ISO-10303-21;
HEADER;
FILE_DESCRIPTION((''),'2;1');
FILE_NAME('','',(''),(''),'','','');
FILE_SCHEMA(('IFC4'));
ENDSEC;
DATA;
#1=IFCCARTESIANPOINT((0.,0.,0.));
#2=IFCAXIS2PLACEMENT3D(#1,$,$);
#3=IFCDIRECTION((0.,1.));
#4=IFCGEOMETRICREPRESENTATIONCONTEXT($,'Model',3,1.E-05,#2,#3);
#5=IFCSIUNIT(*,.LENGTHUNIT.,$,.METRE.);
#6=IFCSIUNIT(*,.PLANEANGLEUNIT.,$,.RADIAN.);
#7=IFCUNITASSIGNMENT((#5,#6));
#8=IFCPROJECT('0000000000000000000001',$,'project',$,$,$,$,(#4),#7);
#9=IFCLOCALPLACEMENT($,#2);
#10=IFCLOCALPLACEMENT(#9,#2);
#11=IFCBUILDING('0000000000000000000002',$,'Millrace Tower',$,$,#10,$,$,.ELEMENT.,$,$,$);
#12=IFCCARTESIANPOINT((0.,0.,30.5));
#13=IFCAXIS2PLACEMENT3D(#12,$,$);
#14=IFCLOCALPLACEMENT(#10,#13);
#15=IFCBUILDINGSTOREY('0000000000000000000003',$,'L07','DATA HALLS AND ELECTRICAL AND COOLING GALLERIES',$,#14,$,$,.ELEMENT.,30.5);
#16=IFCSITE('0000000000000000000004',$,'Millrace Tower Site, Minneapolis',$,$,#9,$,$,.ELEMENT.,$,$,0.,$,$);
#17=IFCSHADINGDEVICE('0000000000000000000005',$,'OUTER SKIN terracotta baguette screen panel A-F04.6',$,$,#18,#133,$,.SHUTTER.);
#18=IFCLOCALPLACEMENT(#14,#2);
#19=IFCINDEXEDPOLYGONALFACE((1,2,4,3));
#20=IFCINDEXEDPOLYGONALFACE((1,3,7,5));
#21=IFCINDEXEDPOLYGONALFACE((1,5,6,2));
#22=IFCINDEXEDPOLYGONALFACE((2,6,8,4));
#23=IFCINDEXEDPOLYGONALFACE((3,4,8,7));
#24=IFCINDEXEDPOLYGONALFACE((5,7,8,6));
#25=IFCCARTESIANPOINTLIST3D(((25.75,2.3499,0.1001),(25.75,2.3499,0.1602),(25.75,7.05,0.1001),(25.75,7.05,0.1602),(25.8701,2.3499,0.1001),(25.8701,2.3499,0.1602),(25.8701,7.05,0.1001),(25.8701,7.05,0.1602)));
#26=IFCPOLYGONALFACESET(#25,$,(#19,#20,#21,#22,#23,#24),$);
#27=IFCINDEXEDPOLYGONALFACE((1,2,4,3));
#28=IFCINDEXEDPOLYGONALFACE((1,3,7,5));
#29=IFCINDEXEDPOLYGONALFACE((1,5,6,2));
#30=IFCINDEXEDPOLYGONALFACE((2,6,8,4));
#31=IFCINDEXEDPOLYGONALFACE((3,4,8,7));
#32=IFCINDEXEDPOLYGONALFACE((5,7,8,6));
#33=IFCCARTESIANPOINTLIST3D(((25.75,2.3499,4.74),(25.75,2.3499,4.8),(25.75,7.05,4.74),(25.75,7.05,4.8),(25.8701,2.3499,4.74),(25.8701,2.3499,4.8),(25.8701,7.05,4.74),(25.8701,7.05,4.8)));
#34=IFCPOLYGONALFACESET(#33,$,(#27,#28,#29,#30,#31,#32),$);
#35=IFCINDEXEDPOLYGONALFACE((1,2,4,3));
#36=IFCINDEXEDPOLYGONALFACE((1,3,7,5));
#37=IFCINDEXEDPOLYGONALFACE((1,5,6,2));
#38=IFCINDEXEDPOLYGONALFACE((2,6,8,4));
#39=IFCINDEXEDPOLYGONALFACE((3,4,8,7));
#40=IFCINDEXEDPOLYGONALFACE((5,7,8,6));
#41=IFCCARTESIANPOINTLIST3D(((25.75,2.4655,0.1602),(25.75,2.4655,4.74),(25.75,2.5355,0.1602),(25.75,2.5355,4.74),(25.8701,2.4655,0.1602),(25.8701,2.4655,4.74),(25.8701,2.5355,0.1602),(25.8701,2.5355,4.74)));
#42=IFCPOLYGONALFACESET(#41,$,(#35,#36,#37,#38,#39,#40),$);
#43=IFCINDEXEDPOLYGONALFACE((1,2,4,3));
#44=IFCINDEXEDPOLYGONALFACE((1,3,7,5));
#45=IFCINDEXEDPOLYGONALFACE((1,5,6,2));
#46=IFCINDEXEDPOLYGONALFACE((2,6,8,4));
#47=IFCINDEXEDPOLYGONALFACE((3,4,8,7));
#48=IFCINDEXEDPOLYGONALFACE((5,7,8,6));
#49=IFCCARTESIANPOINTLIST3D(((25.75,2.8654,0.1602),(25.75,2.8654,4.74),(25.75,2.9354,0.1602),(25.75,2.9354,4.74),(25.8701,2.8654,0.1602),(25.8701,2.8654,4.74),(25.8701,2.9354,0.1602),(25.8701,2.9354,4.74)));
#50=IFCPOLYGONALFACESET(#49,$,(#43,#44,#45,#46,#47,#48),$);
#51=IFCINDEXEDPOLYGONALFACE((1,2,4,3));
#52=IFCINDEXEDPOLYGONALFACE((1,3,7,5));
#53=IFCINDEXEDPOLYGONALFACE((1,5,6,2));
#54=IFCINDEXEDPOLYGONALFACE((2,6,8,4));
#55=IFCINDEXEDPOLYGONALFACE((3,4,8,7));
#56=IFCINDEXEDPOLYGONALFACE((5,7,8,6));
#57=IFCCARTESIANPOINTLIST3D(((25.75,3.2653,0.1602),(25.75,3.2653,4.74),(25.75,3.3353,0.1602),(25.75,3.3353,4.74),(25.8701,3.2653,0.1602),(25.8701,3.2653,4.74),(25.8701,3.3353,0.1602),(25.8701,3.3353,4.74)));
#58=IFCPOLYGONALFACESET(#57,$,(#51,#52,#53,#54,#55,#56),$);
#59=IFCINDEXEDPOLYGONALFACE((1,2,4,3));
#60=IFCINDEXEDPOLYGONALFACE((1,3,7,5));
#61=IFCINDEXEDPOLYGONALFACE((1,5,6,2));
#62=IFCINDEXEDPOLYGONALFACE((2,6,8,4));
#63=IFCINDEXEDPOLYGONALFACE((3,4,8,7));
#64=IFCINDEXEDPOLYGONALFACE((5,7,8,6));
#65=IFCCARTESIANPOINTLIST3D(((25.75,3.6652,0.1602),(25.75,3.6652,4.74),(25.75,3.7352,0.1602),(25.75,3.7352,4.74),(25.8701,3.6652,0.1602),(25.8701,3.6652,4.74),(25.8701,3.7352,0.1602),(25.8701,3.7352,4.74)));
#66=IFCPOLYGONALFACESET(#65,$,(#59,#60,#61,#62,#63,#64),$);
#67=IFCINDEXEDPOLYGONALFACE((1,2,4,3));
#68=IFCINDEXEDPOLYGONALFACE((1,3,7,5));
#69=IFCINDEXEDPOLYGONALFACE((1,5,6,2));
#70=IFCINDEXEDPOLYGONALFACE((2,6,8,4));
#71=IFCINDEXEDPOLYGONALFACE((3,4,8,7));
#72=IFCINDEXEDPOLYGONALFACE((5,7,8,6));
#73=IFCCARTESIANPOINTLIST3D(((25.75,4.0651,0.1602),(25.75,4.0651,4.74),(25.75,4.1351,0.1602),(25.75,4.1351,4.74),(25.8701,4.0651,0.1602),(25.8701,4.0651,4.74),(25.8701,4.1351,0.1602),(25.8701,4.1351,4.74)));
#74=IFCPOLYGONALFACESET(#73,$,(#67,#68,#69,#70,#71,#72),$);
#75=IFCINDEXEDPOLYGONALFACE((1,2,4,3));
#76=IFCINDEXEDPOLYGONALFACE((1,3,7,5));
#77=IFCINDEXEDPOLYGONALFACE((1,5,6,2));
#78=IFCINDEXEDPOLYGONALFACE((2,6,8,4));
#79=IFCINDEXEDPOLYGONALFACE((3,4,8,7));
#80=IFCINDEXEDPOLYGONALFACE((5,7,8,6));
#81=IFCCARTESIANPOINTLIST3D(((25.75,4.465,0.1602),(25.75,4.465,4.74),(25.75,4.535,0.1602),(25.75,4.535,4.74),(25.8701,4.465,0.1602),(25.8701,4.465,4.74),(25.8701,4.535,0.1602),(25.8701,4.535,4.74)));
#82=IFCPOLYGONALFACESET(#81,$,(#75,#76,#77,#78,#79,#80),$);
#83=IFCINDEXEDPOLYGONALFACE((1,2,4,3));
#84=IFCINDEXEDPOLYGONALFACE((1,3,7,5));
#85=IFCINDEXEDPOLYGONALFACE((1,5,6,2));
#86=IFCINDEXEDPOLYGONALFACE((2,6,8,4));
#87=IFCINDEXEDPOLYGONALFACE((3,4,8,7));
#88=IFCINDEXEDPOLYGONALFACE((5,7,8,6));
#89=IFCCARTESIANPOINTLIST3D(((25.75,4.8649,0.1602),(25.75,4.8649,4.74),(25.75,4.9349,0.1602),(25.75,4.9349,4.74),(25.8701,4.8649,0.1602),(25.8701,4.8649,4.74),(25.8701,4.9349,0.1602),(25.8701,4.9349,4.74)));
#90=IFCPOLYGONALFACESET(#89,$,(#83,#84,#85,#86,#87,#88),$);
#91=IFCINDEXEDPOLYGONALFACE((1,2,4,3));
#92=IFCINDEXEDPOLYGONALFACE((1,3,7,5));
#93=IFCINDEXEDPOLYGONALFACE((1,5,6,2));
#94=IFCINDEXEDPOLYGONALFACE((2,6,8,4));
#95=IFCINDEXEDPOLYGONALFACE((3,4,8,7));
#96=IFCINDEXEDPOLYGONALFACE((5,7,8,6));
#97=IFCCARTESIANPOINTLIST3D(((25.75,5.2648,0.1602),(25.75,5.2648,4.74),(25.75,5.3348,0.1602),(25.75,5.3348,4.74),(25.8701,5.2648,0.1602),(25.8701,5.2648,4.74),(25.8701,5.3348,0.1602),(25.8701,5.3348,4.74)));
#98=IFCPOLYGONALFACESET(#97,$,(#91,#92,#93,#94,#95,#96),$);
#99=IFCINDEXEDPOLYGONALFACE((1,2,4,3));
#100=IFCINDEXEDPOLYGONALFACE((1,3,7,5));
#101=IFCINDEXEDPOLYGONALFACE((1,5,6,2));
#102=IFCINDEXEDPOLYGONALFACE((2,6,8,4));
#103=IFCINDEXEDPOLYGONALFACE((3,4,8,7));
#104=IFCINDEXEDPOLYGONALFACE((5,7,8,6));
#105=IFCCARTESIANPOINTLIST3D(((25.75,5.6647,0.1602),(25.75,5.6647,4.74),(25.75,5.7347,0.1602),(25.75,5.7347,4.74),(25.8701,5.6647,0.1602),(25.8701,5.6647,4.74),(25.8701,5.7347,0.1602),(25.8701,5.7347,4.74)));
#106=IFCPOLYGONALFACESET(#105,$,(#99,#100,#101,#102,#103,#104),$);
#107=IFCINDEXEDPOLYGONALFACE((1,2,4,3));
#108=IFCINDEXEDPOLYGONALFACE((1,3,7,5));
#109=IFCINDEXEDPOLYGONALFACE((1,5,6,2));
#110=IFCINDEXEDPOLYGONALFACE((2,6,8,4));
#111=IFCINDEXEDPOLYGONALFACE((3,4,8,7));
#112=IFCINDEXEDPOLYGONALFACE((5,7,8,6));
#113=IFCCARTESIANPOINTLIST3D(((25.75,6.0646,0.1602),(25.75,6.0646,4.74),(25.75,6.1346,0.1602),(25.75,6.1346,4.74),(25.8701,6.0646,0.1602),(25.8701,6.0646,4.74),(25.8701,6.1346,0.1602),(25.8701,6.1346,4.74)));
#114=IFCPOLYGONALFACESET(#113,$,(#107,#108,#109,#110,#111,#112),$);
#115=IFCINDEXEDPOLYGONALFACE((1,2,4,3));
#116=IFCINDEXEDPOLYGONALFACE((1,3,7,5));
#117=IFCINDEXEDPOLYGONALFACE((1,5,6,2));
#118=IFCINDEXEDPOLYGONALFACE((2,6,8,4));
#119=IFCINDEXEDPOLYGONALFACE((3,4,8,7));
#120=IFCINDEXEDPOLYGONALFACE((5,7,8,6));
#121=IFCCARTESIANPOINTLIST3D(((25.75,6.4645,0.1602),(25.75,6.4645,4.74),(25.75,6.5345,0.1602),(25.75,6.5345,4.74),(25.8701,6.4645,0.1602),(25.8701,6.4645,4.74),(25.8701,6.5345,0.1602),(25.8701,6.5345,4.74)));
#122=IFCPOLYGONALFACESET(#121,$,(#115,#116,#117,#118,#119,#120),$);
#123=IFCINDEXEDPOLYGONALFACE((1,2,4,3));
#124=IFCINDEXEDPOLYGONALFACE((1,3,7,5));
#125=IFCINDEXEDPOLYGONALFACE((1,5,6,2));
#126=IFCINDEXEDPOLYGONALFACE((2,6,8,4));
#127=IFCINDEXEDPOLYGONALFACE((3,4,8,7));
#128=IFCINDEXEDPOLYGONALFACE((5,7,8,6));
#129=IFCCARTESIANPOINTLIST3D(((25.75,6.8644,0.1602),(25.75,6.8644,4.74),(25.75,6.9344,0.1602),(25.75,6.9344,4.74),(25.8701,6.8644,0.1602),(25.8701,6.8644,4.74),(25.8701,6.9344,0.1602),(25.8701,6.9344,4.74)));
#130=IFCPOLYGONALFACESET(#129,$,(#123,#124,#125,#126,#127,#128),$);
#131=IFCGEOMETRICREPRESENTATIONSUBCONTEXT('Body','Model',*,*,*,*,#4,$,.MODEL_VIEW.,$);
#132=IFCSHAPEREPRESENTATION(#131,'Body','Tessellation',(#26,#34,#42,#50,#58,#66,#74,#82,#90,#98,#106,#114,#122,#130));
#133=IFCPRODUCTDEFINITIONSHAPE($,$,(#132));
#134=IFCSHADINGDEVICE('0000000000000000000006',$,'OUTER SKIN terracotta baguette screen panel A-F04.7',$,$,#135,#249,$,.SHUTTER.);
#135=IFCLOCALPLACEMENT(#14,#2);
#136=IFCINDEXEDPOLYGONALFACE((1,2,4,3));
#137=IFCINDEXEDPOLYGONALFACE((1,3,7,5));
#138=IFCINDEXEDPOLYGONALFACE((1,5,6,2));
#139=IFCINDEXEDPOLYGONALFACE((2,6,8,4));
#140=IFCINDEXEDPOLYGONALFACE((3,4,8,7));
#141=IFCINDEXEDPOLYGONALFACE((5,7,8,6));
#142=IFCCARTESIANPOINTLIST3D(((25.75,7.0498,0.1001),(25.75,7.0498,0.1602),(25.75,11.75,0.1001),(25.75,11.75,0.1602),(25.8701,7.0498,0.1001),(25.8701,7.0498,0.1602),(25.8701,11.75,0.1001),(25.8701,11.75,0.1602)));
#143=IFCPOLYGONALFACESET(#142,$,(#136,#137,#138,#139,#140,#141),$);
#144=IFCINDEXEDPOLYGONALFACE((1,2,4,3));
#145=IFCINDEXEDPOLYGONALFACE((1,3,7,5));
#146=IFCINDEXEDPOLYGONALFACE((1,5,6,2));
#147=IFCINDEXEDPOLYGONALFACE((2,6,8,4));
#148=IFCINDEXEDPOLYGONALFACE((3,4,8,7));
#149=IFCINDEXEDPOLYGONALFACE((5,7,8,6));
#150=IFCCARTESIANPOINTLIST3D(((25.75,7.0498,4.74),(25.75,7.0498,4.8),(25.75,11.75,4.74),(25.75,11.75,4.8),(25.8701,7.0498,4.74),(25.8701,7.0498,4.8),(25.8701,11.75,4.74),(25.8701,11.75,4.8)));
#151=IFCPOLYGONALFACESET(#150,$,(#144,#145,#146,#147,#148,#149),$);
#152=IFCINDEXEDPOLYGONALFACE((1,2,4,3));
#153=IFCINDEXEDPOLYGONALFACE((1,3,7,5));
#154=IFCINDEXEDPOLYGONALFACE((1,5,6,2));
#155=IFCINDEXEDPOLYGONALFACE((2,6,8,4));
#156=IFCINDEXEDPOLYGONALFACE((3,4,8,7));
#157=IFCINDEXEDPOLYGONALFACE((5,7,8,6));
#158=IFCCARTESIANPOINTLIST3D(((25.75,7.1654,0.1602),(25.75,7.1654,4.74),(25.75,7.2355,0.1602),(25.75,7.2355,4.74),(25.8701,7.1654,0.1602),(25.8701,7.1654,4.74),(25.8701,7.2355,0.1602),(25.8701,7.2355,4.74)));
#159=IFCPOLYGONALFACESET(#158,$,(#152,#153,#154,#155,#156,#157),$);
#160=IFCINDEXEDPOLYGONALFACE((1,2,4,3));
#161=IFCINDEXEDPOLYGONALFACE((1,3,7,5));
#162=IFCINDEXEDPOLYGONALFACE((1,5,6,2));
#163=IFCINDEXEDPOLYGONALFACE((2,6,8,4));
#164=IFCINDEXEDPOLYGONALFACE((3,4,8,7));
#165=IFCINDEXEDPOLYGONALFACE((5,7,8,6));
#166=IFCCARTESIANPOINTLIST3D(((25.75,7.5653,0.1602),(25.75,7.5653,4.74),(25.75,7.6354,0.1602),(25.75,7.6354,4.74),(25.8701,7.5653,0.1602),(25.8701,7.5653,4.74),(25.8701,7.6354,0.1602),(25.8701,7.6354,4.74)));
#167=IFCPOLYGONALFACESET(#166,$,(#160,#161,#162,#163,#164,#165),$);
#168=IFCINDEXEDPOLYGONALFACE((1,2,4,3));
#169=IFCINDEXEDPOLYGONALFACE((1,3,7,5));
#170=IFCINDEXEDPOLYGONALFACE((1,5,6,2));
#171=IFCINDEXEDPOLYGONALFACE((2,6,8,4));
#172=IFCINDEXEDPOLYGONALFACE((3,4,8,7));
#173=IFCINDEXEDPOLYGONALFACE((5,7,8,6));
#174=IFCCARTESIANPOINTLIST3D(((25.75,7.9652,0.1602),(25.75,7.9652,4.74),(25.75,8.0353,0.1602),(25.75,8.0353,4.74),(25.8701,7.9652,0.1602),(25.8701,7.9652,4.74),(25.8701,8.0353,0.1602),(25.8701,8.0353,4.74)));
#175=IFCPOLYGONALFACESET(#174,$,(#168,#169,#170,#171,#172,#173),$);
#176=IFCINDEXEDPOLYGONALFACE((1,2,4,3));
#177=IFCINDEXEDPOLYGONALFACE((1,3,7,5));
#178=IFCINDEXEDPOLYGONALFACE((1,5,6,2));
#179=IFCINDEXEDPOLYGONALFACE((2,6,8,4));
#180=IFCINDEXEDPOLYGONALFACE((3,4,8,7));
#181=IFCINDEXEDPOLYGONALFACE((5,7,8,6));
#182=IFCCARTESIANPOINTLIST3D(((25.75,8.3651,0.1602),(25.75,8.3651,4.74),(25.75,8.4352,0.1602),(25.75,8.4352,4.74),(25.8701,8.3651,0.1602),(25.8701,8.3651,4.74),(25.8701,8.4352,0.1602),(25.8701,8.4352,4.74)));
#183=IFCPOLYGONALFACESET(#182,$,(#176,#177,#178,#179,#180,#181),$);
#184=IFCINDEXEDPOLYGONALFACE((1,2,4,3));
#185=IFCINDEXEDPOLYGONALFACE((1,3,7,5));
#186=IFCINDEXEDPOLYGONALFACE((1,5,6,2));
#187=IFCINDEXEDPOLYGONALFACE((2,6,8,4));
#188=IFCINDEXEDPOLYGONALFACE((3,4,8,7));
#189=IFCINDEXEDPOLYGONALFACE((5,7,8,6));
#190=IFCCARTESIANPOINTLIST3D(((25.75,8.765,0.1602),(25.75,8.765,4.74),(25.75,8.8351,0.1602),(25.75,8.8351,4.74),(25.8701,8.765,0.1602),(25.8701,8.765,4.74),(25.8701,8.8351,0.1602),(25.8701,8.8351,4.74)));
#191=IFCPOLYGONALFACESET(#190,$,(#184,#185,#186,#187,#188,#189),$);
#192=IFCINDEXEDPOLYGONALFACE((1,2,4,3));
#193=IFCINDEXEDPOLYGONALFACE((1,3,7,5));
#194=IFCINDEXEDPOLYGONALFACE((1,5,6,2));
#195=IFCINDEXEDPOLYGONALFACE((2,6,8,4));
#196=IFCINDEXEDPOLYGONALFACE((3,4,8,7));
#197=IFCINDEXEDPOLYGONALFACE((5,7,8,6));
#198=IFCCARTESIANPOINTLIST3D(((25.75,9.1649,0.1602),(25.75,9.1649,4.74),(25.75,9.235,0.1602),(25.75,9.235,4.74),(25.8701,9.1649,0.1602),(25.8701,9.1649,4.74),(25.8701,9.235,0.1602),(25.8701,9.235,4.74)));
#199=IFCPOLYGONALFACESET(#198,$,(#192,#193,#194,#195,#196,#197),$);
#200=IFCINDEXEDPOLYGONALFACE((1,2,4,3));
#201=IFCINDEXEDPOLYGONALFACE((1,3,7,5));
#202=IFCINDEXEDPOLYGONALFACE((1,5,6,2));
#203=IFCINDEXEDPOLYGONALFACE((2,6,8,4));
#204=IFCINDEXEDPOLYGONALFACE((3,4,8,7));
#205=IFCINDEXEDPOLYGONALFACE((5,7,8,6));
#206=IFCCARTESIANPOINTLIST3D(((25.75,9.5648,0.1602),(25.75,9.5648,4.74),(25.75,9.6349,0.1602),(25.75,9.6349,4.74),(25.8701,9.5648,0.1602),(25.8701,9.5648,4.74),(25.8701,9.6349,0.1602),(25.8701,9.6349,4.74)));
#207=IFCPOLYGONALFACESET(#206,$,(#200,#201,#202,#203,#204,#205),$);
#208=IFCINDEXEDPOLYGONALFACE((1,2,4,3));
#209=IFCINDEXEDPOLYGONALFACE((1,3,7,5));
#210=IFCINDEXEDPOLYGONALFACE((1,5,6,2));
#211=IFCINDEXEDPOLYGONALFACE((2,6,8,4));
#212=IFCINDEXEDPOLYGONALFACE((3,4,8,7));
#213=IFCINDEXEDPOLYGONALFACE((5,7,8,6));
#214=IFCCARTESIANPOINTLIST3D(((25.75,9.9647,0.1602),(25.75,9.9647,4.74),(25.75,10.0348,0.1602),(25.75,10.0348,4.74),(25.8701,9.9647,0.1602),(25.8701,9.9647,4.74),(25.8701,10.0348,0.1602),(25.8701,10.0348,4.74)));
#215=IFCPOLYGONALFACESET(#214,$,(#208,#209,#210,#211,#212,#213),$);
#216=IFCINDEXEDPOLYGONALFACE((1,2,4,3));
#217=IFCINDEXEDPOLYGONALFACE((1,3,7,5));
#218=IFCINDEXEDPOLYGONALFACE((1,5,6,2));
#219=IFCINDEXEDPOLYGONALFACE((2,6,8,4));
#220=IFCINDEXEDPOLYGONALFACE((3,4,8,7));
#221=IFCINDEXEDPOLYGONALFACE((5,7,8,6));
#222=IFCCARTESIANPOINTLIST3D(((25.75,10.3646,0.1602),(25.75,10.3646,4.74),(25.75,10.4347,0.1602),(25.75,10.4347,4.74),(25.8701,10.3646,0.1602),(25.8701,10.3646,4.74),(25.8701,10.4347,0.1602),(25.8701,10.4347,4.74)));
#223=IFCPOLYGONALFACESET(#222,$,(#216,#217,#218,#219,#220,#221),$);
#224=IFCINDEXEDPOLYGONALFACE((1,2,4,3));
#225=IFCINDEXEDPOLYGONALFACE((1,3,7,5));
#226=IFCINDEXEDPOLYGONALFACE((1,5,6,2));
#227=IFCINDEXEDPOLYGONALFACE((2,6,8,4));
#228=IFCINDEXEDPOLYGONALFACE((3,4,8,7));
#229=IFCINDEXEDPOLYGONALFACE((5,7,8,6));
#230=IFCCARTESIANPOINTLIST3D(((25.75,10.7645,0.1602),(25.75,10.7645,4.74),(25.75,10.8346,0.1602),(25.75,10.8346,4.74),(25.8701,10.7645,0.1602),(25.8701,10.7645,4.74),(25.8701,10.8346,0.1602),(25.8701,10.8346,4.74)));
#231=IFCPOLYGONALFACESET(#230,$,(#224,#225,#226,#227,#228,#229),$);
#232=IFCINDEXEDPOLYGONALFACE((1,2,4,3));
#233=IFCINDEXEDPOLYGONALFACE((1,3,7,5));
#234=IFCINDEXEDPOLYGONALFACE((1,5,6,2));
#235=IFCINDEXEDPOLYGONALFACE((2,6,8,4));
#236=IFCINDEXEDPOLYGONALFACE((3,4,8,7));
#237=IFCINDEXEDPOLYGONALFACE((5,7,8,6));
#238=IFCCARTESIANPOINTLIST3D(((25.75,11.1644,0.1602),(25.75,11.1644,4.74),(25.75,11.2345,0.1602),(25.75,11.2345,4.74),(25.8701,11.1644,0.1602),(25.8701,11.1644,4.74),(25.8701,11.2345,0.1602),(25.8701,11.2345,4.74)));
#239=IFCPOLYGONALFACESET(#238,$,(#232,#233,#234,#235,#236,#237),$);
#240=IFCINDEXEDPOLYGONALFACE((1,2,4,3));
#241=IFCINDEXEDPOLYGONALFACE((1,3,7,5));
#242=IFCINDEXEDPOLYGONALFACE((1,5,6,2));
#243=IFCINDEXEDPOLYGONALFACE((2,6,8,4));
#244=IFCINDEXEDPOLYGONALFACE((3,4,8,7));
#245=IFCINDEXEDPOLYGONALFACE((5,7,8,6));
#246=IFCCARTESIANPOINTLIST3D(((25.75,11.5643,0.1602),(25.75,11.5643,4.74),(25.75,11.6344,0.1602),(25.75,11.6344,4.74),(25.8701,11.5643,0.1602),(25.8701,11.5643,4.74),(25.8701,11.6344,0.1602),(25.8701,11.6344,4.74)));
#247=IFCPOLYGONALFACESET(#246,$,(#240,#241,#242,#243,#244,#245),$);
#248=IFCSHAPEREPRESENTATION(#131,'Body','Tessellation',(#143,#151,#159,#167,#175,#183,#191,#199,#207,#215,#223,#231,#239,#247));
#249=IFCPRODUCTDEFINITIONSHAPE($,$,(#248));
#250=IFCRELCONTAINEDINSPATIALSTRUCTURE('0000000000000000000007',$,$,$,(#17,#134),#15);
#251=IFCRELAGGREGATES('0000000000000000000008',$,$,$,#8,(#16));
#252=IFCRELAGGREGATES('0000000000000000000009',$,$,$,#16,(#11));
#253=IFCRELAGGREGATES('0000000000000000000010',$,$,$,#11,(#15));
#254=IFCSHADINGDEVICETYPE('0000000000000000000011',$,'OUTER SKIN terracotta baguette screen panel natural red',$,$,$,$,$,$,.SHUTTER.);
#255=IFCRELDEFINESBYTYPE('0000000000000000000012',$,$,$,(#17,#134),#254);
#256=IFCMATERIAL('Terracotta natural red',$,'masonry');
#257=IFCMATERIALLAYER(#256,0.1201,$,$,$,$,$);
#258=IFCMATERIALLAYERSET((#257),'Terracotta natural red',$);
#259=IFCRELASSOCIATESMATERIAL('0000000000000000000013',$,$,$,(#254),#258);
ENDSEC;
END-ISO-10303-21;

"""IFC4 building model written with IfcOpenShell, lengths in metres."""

from ifc_helpers import new_model, entity, si_unit, direction, frame, frame_2d, origin, place, context, subcontext, project, spatial, rectangle, extrude, source, transform, mapped, material, layer, layer_set, type_object, element, save


model = new_model("IFC4")

# Units and contexts
model_context = context("Model", 3, precision=1e-05, world=origin(), true_north=direction((0.0, 1.0)))
body_context = subcontext(model_context, "Body", "Model", "MODEL_VIEW")
ifc_project = project(units=[si_unit("LENGTHUNIT", "METRE"), si_unit("PLANEANGLEUNIT", "RADIAN")], contexts=[model_context])

# Site, building, storey
site_placement = place(None, origin())
site = spatial("IfcSite", under=ifc_project, at=site_placement, Name="Millrace Tower Site, Minneapolis", CompositionType="ELEMENT", RefElevation=0.0)
building_placement = place(site_placement, origin())
building = spatial("IfcBuilding", under=site, at=building_placement, Name="Millrace Tower", CompositionType="ELEMENT")
storey_placement = place(building_placement, frame((0.0, 0.0, 30.5)))
storey = spatial("IfcBuildingStorey", under=building, at=storey_placement, Name="L07", Description="DATA HALLS AND ELECTRICAL AND COOLING GALLERIES", CompositionType="ELEMENT", Elevation=30.5)

# Shading devices
cartesian_point = entity("IfcCartesianPoint", [-2.3501, 0.0601])
shared_polyline = entity("IfcPolyline", [cartesian_point, entity("IfcCartesianPoint", [2.3501, 0.0601]), entity("IfcCartesianPoint", [2.3501, -0.0601]), entity("IfcCartesianPoint", [-2.3501, -0.0601]), cartesian_point])
ifc_material_1 = material(Name="Terracotta natural red", Category="masonry")
ifc_layer_1 = layer(ifc_material_1, 0.1201)
ifc_layer_set_1 = layer_set([ifc_layer_1], Name="Terracotta natural red")
shading_device_type_1 = type_object("IfcShadingDeviceType", Name="OUTER SKIN terracotta baguette screen panel natural red", PredefinedType="SHUTTER", material=ifc_layer_set_1)
shared_shape_1 = source(origin(), body_context, "Body", "SweptSolid", [
    entity("IfcExtrudedAreaSolid", entity("IfcArbitraryClosedProfileDef", "AREA", None, shared_polyline), entity("IfcAxis2Placement3D", entity("IfcCartesianPoint", [0.0, 0.0, 0.0])), entity("IfcDirection", [0.0, 0.0, 1.0]), 0.0601),
    entity("IfcExtrudedAreaSolid", entity("IfcArbitraryClosedProfileDef", "AREA", None, shared_polyline), entity("IfcAxis2Placement3D", entity("IfcCartesianPoint", [0.0, 0.0, 4.6399])), entity("IfcDirection", [0.0, 0.0, 1.0]), 0.0601),
    extrude(rectangle(XDim=0.0701, YDim=0.1201, at=frame_2d((-2.1995, 0.0))), frame((0.0, 0.0, 0.0601)), (0.0, 0.0, 1.0), 4.5798),
    extrude(rectangle(XDim=0.0701, YDim=0.1201, at=frame_2d((-1.7996, 0.0))), frame((0.0, 0.0, 0.0601)), (0.0, 0.0, 1.0), 4.5798),
    extrude(rectangle(XDim=0.0701, YDim=0.1201, at=frame_2d((-1.3997, 0.0))), frame((0.0, 0.0, 0.0601)), (0.0, 0.0, 1.0), 4.5798),
    extrude(rectangle(XDim=0.0701, YDim=0.1201, at=frame_2d((-0.9998, 0.0))), frame((0.0, 0.0, 0.0601)), (0.0, 0.0, 1.0), 4.5798),
    extrude(rectangle(XDim=0.0701, YDim=0.1201, at=frame_2d((-0.5999, 0.0))), frame((0.0, 0.0, 0.0601)), (0.0, 0.0, 1.0), 4.5798),
    extrude(rectangle(XDim=0.0701, YDim=0.1201, at=frame_2d((-0.2, 0.0))), frame((0.0, 0.0, 0.0601)), (0.0, 0.0, 1.0), 4.5798),
    extrude(rectangle(XDim=0.0701, YDim=0.1201, at=frame_2d((0.2, 0.0))), frame((0.0, 0.0, 0.0601)), (0.0, 0.0, 1.0), 4.5798),
    extrude(rectangle(XDim=0.0701, YDim=0.1201, at=frame_2d((0.5999, 0.0))), frame((0.0, 0.0, 0.0601)), (0.0, 0.0, 1.0), 4.5798),
    extrude(rectangle(XDim=0.0701, YDim=0.1201, at=frame_2d((0.9998, 0.0))), frame((0.0, 0.0, 0.0601)), (0.0, 0.0, 1.0), 4.5798),
    extrude(rectangle(XDim=0.0701, YDim=0.1201, at=frame_2d((1.3997, 0.0))), frame((0.0, 0.0, 0.0601)), (0.0, 0.0, 1.0), 4.5798),
    extrude(rectangle(XDim=0.0701, YDim=0.1201, at=frame_2d((1.7996, 0.0))), frame((0.0, 0.0, 0.0601)), (0.0, 0.0, 1.0), 4.5798),
    extrude(rectangle(XDim=0.0701, YDim=0.1201, at=frame_2d((2.1995, 0.0))), frame((0.0, 0.0, 0.0601)), (0.0, 0.0, 1.0), 4.5798),
])
for number, where, z_axis, x_axis, name in (
    (1, (25.8101, 4.7, 0.1001), (0.0, 0.0, 1.0), (0.0, 1.0, 0.0), "OUTER SKIN terracotta baguette screen panel A-F04.6"),
    (2, (25.8101, 9.3999, 0.1001), (0.0, 0.0, 1.0), (0.0, 1.0, 0.0), "OUTER SKIN terracotta baguette screen panel A-F04.7"),
):
    element("IfcShadingDevice", number, at=place(storey_placement, frame(where, z_axis=z_axis, x_axis=x_axis)), inside=storey, type_object=shading_device_type_1, Name=name, PredefinedType="SHUTTER", context=body_context, shape_type="MappedRepresentation", body=[
        mapped(shared_shape_1, transform((0.0, 0.0, 0.0), scale=1.0)),
    ])

save(model, "model.ifc")
